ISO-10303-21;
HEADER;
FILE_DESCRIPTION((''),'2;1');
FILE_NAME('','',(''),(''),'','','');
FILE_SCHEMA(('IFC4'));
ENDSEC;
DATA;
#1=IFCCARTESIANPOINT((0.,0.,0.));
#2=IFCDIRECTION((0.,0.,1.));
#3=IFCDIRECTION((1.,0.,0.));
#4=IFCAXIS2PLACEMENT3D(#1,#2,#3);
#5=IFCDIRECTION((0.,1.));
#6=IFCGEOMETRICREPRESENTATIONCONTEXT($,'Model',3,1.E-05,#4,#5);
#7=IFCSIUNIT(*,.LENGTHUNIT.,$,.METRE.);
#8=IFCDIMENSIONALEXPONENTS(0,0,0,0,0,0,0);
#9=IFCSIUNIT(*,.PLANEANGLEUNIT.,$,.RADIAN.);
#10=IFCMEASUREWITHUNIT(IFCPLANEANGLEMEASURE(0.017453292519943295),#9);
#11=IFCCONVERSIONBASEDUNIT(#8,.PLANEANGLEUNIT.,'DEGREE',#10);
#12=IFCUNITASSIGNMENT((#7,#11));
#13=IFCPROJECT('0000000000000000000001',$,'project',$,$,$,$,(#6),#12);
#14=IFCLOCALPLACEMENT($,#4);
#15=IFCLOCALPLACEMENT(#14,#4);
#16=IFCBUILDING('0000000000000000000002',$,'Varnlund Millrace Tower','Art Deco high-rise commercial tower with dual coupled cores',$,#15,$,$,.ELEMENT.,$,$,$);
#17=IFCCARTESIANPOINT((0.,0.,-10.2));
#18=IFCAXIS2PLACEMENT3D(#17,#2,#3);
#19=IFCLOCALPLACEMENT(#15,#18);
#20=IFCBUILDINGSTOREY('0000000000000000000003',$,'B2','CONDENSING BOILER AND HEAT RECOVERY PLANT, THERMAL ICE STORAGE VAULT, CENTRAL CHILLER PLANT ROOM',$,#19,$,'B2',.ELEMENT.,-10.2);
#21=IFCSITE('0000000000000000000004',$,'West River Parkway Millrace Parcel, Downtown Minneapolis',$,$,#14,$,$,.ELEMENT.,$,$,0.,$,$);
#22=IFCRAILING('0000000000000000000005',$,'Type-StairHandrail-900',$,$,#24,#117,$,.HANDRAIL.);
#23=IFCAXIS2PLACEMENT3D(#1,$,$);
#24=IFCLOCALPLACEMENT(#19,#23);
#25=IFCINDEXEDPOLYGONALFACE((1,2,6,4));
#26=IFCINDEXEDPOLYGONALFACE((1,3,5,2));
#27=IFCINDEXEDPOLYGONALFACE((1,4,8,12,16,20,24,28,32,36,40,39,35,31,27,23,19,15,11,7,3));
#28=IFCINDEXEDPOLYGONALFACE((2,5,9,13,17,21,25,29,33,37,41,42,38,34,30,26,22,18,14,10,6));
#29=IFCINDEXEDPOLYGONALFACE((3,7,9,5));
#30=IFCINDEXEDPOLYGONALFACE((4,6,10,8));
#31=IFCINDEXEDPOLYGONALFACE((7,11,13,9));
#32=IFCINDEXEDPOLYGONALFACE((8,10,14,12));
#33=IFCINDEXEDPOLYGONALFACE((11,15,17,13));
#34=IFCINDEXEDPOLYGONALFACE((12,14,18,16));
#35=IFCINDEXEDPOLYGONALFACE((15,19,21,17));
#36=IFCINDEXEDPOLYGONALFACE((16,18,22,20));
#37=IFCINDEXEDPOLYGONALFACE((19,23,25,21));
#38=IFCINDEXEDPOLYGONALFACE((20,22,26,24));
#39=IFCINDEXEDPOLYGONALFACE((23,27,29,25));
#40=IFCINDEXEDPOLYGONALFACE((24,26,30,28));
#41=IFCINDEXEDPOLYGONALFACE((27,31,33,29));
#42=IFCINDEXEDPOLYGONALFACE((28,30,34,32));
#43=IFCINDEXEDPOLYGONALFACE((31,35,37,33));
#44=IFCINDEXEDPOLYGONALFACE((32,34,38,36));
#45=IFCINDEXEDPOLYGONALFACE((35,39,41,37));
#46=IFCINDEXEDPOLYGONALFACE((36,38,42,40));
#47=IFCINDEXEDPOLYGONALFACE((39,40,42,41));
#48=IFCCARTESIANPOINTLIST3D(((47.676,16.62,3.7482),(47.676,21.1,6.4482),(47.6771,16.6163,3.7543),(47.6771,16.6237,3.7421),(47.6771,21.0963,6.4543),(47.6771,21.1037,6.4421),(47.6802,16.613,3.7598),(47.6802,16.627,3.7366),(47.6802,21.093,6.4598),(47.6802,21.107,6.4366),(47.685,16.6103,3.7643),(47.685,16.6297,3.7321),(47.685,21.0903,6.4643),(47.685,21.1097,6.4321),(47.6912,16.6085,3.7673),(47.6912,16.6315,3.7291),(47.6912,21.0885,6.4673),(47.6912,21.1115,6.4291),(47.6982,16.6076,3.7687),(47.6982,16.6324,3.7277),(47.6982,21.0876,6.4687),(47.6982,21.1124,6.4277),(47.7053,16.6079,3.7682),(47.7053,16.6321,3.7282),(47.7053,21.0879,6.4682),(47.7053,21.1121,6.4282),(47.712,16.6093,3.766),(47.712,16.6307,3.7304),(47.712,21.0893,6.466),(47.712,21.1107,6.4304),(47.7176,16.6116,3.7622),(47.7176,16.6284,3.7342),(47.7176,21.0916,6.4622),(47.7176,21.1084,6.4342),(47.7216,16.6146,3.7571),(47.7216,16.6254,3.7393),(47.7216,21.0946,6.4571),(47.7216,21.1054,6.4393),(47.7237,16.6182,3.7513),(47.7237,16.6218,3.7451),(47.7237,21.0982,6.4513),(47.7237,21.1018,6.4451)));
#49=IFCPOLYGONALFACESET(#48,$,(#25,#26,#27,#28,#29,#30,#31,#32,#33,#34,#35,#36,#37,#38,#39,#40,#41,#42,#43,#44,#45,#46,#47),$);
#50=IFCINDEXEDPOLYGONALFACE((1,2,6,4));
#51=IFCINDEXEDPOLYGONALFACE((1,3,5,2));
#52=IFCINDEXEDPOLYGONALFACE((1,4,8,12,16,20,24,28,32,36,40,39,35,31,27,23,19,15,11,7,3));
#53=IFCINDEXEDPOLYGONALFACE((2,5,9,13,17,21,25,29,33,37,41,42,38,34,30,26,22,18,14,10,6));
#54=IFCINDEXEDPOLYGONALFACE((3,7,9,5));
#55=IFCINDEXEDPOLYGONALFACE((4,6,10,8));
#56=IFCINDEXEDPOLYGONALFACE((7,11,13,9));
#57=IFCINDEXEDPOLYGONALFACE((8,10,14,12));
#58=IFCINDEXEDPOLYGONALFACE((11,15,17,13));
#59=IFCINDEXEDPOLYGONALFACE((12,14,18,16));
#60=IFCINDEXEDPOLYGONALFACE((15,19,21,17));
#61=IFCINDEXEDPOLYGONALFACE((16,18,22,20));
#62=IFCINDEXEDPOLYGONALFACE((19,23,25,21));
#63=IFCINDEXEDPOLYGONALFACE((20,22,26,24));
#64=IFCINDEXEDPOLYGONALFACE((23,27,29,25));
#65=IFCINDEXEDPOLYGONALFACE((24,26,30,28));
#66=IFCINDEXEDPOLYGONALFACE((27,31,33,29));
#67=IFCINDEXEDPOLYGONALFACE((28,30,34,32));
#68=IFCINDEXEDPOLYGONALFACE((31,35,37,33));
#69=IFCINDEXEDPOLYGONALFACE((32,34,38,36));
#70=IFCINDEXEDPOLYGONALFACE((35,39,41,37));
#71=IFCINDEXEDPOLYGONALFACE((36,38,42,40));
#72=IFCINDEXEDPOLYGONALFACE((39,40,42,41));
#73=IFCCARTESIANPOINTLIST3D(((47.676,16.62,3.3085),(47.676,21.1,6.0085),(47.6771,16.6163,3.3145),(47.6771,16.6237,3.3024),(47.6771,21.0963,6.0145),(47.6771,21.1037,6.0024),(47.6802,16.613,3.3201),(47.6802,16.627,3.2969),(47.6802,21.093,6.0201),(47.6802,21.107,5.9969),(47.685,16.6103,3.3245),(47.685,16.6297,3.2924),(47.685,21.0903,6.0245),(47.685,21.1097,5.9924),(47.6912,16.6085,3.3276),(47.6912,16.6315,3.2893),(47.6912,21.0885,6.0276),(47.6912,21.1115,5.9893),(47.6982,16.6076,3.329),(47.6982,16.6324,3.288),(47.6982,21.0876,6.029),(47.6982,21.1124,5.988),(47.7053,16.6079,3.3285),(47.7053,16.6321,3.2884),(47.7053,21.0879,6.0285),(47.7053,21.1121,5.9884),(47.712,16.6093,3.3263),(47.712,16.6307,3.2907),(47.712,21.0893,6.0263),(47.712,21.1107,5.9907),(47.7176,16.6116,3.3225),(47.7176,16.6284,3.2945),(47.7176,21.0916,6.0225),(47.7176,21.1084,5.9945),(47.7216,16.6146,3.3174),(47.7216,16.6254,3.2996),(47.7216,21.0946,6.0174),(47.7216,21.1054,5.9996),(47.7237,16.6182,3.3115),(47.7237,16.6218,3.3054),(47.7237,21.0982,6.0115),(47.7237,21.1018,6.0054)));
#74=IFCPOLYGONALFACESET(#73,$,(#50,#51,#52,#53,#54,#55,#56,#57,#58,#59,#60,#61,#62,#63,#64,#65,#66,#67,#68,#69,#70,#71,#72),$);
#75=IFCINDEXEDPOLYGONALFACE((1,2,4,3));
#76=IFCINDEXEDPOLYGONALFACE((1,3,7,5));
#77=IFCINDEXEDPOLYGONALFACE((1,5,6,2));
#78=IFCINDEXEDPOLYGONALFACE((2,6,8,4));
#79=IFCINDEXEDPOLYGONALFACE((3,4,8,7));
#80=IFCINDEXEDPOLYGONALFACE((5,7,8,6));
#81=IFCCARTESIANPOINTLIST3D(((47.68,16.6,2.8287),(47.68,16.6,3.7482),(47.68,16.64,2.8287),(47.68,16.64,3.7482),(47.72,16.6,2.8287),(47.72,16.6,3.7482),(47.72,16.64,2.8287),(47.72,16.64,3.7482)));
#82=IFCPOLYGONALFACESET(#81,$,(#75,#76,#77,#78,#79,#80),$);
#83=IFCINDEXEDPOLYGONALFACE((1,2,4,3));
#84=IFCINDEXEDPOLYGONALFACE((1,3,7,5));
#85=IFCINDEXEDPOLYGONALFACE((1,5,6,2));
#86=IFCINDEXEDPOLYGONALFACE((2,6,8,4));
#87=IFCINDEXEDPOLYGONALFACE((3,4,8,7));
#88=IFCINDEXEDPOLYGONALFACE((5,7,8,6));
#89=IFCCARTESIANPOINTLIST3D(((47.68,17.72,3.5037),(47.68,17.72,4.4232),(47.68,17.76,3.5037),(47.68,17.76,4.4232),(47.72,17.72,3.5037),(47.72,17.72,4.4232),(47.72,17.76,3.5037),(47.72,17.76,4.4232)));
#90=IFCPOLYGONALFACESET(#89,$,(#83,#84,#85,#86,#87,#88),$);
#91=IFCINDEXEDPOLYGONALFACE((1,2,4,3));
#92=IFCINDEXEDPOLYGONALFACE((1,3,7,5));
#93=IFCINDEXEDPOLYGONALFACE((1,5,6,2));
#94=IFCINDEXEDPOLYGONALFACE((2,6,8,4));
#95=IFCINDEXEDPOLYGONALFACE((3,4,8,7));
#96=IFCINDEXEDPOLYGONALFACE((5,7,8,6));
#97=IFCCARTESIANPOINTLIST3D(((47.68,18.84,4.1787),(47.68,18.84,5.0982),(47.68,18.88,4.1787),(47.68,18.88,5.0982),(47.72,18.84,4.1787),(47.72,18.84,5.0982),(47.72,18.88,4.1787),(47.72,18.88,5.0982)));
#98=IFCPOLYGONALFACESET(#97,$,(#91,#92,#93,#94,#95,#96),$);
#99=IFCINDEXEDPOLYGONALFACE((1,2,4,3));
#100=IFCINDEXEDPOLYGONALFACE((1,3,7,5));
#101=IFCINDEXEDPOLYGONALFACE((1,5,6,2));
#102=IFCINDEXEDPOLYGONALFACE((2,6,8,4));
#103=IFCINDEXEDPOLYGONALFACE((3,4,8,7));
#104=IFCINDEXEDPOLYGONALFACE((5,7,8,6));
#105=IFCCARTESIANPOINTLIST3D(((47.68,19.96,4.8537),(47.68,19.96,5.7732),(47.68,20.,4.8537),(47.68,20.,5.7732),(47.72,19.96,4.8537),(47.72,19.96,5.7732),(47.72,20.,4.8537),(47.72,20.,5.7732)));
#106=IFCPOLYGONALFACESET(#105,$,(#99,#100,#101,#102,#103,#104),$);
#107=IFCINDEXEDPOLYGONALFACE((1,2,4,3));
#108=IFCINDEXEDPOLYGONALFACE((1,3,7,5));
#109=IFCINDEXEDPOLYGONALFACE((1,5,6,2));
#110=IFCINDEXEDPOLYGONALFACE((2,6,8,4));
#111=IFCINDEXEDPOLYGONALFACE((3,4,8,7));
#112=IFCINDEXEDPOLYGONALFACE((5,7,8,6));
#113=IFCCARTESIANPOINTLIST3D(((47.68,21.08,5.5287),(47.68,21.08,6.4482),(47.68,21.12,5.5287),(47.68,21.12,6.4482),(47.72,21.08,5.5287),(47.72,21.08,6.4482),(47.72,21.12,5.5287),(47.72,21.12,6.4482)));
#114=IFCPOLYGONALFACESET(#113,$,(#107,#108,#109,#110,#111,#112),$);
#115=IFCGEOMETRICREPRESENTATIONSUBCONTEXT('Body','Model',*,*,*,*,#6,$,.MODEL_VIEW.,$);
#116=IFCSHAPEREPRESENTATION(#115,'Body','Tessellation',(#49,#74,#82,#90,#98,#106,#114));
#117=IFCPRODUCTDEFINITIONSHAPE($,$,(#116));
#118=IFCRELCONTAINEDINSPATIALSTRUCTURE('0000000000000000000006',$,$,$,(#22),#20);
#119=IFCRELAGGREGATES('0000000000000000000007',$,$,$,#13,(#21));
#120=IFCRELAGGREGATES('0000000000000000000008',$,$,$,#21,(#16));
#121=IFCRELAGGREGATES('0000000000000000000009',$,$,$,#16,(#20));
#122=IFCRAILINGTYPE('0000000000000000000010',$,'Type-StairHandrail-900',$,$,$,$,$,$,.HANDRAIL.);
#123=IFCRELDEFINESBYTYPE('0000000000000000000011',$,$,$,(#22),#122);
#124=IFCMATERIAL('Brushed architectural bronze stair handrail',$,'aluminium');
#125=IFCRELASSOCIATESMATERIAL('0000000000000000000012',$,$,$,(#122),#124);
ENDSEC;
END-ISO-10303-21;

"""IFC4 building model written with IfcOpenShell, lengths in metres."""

from ifc_helpers import new_model, entity, si_unit, converted_unit, direction, frame, origin_with_axes, origin_2d_with_axis, place, context, subcontext, project, spatial, rectangle, circle, extrude, material, type_object, element, save


model = new_model("IFC4")

# Units and contexts
model_context = context("Model", 3, precision=1e-05, world=origin_with_axes(), true_north=direction((0.0, 1.0)))
body_context = subcontext(model_context, "Body", "Model", "MODEL_VIEW")
ifc_project = project(units=[si_unit("LENGTHUNIT", "METRE"), converted_unit("PLANEANGLEUNIT", "DEGREE", entity("IfcPlaneAngleMeasure", 0.017453292519943295), si_unit("PLANEANGLEUNIT", "RADIAN"), dimensions=[0, 0, 0, 0, 0, 0, 0])], contexts=[model_context])

# Site, building, storey
site_placement = place(None, origin_with_axes())
site = spatial("IfcSite", under=ifc_project, at=site_placement, Name="West River Parkway Millrace Parcel, Downtown Minneapolis", CompositionType="ELEMENT", RefElevation=0.0)
building_placement = place(site_placement, origin_with_axes())
building = spatial("IfcBuilding", under=site, at=building_placement, Name="Varnlund Millrace Tower", Description="Art Deco high-rise commercial tower with dual coupled cores", CompositionType="ELEMENT")
storey_placement = place(building_placement, frame((0.0, 0.0, -10.2), z_axis=(0.0, 0.0, 1.0), x_axis=(1.0, 0.0, 0.0)))
storey = spatial("IfcBuildingStorey", under=building, at=storey_placement, Name="B2", Description="CONDENSING BOILER AND HEAT RECOVERY PLANT, THERMAL ICE STORAGE VAULT, CENTRAL CHILLER PLANT ROOM", LongName="B2", CompositionType="ELEMENT", Elevation=-10.2)

# Railing
ifc_material_1 = material(Name="Brushed architectural bronze stair handrail", Category="aluminium")
railing_type_1 = type_object("IfcRailingType", Name="Type-StairHandrail-900", PredefinedType="HANDRAIL", material=ifc_material_1)
railing_1_placement = place(storey_placement, frame((0.0, 0.0, 10.2), z_axis=(0.0, 0.0, 1.0), x_axis=(1.0, 0.0, 0.0)))
element("IfcRailing", 1, at=railing_1_placement, inside=storey, type_object=railing_type_1, Name="Type-StairHandrail-900", PredefinedType="HANDRAIL", context=body_context, shape_type="SweptSolid", body=[
    extrude(circle(Radius=0.024, at=origin_2d_with_axis()), frame((47.7, 16.62, -6.4518), z_axis=(0.0, 0.856479, 0.516182), x_axis=(-1.0, 0.0, 0.0)), (0.0, 0.0, 1.0), 5.2307),
    extrude(circle(Radius=0.024, at=origin_2d_with_axis()), frame((47.7, 16.62, -6.8915), z_axis=(0.0, 0.856479, 0.516182), x_axis=(-1.0, 0.0, 0.0)), (0.0, 0.0, 1.0), 5.2307),
    extrude(rectangle(XDim=0.04, YDim=0.04, at=origin_2d_with_axis()), frame((47.7, 16.62, -7.3712), z_axis=(0.0, 0.0, 1.0), x_axis=(1.0, 0.0, 0.0)), (0.0, 0.0, 1.0), 0.9194),
    extrude(rectangle(XDim=0.04, YDim=0.04, at=origin_2d_with_axis()), frame((47.7, 17.74, -6.6963), z_axis=(0.0, 0.0, 1.0), x_axis=(1.0, 0.0, 0.0)), (0.0, 0.0, 1.0), 0.9194),
    extrude(rectangle(XDim=0.04, YDim=0.04, at=origin_2d_with_axis()), frame((47.7, 18.86, -6.0213), z_axis=(0.0, 0.0, 1.0), x_axis=(1.0, 0.0, 0.0)), (0.0, 0.0, 1.0), 0.9194),
    extrude(rectangle(XDim=0.04, YDim=0.04, at=origin_2d_with_axis()), frame((47.7, 19.98, -5.3463), z_axis=(0.0, 0.0, 1.0), x_axis=(1.0, 0.0, 0.0)), (0.0, 0.0, 1.0), 0.9194),
    extrude(rectangle(XDim=0.04, YDim=0.04, at=origin_2d_with_axis()), frame((47.7, 21.1, -4.6712), z_axis=(0.0, 0.0, 1.0), x_axis=(1.0, 0.0, 0.0)), (0.0, 0.0, 1.0), 0.9194),
])

save(model, "model.ifc")
